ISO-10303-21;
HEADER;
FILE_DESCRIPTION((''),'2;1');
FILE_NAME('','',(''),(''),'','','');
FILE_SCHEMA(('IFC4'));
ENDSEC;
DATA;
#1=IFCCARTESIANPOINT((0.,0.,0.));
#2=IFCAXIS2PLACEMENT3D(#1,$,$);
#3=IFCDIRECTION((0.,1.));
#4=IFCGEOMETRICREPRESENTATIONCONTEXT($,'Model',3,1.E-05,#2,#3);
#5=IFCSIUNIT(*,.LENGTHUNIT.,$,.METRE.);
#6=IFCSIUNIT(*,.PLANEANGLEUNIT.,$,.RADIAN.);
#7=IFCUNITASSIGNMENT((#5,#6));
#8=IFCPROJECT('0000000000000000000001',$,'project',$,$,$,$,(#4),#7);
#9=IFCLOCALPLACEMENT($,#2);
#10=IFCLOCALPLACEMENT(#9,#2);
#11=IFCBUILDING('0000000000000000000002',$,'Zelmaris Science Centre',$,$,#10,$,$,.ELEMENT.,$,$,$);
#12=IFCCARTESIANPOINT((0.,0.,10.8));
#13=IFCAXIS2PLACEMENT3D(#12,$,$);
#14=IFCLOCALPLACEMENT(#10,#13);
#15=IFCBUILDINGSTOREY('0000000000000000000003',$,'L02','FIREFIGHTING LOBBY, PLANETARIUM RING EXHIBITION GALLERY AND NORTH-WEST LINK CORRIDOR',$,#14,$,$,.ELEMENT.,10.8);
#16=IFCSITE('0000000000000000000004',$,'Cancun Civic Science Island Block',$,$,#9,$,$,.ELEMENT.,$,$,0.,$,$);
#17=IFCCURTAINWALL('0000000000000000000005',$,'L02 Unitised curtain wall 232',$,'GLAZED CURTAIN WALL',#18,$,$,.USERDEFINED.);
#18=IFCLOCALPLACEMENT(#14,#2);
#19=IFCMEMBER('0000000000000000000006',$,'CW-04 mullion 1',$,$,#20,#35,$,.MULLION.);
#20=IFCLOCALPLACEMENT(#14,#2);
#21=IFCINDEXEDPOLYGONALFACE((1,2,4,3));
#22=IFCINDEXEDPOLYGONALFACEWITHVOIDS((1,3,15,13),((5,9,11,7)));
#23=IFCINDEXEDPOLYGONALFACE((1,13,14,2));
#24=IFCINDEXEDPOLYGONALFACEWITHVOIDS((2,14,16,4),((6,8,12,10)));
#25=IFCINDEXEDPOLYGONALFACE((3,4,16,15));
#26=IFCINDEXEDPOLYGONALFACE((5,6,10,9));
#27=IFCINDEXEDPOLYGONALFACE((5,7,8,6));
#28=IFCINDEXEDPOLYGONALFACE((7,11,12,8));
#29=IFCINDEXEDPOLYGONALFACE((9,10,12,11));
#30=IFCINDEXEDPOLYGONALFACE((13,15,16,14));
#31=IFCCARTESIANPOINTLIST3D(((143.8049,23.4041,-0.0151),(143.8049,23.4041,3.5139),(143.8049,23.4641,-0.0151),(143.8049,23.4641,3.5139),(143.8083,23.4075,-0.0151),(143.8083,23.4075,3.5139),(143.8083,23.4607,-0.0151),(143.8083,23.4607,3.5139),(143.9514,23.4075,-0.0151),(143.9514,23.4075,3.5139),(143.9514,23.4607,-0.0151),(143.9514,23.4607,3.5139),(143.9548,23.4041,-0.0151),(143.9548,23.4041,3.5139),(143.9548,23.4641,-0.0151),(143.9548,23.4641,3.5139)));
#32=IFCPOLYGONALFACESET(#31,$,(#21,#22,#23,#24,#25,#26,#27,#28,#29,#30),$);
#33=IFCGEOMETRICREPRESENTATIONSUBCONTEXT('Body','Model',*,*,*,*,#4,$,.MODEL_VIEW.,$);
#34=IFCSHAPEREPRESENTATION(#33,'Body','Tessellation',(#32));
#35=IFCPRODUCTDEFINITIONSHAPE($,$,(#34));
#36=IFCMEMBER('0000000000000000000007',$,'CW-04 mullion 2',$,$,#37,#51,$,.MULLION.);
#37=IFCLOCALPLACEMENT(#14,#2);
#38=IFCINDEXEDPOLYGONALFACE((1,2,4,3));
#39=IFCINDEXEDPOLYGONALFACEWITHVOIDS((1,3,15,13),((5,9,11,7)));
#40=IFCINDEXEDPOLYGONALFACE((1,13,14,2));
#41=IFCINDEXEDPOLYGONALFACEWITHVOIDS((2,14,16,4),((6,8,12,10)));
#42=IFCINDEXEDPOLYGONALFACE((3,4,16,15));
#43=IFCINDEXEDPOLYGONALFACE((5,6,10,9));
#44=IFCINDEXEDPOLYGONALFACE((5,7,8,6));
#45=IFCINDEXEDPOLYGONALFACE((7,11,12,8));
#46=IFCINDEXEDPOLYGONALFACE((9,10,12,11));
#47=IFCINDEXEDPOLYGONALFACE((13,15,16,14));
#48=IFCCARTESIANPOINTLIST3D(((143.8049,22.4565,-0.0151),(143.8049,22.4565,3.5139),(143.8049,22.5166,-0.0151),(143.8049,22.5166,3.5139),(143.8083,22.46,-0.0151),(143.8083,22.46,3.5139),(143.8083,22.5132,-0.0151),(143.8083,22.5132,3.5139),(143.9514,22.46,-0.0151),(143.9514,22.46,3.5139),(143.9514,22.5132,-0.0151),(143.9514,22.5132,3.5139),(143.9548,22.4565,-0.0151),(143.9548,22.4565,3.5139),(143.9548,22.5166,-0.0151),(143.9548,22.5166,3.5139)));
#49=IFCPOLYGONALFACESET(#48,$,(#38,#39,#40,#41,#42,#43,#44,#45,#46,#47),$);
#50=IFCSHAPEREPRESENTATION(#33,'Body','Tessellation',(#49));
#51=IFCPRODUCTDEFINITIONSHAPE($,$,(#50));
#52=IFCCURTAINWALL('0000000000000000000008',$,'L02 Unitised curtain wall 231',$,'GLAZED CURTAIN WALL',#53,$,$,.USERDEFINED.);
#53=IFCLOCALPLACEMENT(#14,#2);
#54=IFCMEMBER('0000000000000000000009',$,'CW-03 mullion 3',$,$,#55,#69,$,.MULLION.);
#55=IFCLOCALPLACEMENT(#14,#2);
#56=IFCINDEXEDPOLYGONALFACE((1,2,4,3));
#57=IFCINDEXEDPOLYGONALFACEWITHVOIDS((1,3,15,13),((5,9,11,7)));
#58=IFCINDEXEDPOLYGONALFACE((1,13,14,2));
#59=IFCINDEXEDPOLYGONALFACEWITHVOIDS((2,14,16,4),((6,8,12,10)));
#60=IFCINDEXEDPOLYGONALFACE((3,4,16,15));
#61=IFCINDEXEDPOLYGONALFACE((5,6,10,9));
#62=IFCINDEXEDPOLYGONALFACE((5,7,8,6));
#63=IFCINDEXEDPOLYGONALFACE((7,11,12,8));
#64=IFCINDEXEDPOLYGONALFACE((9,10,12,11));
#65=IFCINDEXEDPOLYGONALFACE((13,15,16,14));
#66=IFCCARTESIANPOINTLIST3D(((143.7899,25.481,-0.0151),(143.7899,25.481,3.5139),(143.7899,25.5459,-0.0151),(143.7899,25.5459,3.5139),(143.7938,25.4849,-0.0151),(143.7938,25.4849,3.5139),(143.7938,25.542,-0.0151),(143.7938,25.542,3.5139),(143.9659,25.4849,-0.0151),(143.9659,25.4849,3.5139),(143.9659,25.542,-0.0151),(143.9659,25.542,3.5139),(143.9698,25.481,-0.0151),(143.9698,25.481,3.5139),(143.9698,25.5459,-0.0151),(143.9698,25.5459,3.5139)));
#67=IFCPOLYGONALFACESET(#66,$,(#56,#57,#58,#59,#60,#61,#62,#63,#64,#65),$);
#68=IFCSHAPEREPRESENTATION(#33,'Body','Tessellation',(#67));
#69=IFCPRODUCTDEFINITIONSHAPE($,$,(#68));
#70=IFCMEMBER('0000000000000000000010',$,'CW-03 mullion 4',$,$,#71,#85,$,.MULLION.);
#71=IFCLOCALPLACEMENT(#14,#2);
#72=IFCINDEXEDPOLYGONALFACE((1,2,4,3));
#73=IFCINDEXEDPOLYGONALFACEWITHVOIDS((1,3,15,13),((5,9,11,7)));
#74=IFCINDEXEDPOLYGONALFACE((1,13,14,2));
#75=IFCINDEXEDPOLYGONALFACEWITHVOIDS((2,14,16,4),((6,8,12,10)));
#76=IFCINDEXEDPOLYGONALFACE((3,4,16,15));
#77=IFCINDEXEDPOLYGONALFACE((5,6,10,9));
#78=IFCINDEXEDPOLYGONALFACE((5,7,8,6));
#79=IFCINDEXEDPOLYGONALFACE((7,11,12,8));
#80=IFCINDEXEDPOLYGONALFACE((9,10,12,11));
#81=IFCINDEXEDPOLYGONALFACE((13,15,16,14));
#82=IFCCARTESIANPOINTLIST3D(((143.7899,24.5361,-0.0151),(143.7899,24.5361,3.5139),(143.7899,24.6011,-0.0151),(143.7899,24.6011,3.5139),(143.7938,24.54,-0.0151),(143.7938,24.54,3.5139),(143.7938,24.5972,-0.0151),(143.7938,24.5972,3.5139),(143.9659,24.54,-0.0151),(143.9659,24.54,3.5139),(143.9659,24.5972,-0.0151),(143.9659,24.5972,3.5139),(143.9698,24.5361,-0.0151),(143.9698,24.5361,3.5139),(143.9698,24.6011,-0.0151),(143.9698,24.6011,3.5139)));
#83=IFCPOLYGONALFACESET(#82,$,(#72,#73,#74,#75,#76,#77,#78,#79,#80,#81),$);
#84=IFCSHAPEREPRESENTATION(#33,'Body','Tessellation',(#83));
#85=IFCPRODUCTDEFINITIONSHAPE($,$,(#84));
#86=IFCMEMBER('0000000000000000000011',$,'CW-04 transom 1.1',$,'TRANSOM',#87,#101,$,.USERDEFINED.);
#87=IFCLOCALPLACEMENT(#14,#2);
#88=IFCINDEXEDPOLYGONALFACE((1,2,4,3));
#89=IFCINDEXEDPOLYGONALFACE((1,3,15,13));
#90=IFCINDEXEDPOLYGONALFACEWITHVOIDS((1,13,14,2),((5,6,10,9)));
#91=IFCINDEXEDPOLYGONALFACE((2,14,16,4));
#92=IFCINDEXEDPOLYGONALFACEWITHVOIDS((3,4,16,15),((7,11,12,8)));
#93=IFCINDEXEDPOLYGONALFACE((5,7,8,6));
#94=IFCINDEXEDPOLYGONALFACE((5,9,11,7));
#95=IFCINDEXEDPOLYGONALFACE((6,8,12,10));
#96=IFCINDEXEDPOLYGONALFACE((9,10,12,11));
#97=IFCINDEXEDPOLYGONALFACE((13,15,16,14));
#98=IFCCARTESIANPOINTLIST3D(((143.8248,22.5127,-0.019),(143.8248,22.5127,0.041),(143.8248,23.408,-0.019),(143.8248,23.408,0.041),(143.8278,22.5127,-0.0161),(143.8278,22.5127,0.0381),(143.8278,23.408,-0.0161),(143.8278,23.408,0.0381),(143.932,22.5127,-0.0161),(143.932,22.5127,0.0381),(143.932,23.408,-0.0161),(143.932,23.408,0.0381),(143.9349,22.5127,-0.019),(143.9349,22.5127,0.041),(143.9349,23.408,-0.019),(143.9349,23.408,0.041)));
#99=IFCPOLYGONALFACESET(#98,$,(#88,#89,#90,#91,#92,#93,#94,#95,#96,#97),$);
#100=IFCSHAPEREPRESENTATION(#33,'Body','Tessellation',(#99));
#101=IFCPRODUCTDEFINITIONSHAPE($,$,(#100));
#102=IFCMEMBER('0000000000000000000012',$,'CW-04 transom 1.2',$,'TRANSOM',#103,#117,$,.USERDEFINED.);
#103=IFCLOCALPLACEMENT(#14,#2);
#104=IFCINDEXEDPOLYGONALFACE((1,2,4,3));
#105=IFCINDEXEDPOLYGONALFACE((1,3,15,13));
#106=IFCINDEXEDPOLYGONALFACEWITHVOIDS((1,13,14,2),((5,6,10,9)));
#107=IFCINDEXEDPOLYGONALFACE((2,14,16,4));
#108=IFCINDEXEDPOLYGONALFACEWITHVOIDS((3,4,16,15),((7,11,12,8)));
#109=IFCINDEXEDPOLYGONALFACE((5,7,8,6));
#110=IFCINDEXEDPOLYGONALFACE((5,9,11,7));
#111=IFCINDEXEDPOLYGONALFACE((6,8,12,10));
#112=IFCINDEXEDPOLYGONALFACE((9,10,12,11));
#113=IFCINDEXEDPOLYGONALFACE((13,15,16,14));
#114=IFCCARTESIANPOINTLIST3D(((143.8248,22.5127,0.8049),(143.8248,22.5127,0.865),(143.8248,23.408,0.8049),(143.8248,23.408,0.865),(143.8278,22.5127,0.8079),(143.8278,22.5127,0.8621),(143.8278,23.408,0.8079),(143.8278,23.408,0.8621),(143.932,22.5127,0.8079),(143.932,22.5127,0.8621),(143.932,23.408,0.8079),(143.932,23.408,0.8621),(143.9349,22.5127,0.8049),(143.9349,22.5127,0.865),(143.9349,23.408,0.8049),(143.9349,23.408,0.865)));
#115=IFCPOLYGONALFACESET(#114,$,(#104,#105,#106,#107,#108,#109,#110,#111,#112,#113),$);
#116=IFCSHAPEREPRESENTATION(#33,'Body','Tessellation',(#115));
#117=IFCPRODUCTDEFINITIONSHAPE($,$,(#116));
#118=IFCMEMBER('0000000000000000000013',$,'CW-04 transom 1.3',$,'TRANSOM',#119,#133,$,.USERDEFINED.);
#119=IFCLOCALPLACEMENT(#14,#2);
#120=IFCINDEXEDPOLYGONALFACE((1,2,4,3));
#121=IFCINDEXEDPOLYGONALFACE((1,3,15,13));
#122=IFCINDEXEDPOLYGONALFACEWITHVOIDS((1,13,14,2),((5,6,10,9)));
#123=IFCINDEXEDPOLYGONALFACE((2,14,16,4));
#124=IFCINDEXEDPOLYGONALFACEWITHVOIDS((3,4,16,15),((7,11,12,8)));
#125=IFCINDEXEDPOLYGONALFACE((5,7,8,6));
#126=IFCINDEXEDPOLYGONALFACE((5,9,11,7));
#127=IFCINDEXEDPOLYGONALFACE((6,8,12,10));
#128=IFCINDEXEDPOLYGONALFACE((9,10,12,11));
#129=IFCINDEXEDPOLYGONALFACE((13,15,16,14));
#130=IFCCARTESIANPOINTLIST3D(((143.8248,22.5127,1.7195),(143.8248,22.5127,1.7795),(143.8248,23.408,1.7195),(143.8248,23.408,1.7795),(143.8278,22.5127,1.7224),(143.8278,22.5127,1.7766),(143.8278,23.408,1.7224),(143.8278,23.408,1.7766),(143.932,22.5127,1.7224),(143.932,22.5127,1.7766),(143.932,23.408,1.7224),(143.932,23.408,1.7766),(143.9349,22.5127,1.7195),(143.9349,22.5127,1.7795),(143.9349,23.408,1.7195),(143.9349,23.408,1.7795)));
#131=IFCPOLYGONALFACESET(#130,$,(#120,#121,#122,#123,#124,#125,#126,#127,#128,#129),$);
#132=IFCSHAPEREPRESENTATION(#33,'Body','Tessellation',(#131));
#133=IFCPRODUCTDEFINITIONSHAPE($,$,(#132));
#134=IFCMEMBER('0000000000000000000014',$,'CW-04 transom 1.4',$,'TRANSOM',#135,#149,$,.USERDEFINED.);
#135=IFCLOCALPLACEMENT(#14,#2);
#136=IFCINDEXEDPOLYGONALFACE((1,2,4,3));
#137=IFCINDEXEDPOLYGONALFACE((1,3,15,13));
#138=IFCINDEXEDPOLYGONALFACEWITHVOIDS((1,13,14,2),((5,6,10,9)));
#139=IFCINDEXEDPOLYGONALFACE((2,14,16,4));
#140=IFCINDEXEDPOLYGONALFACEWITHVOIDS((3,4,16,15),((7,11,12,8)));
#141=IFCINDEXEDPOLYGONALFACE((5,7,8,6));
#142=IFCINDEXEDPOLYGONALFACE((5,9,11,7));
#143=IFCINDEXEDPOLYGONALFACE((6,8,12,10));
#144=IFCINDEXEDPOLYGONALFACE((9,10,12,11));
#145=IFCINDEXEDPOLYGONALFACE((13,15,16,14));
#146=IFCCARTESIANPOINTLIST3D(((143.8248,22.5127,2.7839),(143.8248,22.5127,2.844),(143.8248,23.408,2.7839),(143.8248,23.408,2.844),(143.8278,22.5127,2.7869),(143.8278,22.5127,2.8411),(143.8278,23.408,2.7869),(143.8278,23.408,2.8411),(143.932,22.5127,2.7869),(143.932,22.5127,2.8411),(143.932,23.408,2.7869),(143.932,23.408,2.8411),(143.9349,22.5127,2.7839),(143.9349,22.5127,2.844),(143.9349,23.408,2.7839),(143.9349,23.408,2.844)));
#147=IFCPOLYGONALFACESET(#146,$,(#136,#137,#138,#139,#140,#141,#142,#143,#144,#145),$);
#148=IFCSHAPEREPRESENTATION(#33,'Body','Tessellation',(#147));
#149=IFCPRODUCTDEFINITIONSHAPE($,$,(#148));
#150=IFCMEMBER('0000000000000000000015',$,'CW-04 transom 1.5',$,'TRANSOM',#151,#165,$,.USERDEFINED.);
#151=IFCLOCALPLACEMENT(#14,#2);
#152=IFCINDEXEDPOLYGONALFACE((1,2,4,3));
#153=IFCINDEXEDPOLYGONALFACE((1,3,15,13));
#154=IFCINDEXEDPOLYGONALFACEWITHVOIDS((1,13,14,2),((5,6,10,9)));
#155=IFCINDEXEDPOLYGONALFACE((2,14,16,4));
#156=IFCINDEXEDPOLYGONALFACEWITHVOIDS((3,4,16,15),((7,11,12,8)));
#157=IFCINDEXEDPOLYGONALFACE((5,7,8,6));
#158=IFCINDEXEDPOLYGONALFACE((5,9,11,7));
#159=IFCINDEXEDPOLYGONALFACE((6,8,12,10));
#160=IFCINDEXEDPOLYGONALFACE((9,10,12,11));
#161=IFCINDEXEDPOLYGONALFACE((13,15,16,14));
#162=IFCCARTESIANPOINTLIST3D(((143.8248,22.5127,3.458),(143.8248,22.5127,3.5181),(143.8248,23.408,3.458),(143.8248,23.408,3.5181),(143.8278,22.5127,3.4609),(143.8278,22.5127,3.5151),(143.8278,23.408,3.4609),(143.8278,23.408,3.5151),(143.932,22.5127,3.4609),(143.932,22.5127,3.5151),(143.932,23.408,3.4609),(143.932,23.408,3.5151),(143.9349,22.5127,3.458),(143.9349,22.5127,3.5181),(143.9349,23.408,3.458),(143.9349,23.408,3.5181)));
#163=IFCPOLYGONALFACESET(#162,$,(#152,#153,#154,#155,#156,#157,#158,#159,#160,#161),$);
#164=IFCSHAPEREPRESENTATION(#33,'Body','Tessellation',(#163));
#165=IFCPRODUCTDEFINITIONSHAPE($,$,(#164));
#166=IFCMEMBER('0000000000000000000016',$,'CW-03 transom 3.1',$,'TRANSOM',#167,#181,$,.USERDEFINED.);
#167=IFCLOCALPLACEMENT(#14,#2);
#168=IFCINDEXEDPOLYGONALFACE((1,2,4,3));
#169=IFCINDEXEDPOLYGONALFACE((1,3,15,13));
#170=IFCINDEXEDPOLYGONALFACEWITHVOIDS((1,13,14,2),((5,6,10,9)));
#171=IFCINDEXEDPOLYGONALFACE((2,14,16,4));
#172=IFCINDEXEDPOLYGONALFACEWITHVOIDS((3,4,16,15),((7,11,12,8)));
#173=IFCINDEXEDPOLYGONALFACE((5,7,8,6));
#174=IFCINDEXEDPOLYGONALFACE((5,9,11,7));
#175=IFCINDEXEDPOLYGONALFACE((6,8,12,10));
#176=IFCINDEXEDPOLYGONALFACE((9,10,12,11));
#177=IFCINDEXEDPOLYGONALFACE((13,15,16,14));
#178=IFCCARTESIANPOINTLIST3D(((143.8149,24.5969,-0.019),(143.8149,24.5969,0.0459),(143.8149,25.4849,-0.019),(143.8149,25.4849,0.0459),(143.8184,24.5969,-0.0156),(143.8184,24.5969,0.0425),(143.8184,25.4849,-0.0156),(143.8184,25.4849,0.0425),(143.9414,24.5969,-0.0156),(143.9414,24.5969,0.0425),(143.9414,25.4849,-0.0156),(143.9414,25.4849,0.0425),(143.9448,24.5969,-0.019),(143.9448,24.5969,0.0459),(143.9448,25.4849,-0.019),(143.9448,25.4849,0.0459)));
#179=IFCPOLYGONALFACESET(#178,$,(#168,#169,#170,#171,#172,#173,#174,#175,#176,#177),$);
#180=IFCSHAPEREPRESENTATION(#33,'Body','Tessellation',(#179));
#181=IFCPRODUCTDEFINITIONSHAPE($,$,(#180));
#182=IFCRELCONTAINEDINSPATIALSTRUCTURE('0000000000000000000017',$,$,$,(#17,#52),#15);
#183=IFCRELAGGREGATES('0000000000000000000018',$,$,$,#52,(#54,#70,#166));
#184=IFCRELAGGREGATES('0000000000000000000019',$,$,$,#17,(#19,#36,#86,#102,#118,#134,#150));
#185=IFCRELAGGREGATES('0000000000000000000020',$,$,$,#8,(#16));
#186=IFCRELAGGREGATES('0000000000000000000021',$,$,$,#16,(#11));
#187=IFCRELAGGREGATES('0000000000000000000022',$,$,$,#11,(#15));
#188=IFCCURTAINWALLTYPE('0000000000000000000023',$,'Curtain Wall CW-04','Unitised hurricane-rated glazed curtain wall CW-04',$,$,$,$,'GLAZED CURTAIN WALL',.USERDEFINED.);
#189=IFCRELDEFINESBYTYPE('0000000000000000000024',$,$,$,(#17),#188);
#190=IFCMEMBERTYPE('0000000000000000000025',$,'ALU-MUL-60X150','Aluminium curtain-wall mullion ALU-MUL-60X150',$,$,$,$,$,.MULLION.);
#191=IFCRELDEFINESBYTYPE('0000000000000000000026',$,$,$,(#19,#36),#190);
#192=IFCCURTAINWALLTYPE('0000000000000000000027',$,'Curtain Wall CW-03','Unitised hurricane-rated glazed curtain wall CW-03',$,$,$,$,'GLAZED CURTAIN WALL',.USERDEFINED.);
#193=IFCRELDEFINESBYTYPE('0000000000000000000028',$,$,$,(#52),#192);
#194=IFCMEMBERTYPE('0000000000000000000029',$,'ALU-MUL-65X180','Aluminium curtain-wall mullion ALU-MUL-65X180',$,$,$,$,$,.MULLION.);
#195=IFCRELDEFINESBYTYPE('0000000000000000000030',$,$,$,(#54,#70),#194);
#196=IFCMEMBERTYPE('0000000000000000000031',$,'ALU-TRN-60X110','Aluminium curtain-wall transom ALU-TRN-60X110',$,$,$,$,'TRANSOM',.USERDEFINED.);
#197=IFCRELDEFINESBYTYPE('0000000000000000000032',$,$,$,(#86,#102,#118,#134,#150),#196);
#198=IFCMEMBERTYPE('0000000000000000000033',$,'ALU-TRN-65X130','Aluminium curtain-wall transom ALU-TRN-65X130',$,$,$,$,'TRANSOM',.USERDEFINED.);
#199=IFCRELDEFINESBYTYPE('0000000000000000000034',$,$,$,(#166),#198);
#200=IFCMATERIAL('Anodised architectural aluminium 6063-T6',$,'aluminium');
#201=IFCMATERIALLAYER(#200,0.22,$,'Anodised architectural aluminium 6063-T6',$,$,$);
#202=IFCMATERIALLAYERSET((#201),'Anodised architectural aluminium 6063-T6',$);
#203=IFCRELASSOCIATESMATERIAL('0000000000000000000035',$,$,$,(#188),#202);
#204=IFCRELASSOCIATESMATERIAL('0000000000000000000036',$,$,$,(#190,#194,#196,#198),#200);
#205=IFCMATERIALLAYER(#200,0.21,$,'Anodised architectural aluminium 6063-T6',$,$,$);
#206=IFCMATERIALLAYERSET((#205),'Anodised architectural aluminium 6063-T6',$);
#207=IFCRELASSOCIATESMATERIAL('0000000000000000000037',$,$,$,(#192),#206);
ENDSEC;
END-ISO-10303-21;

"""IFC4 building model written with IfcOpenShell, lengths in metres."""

from ifc_helpers import new_model, si_unit, direction, frame, origin, origin_2d, place, context, subcontext, project, spatial, hollow_rectangle, extrude, material, layer, layer_set, material_profile, profile_set, type_object, element, aggregate, save


model = new_model("IFC4")

# Units and contexts
model_context = context("Model", 3, precision=1e-05, world=origin(), true_north=direction((0.0, 1.0)))
body_context = subcontext(model_context, "Body", "Model", "MODEL_VIEW")
ifc_project = project(units=[si_unit("LENGTHUNIT", "METRE"), si_unit("PLANEANGLEUNIT", "RADIAN")], contexts=[model_context])

# Site, building, storey
site_placement = place(None, origin())
site = spatial("IfcSite", under=ifc_project, at=site_placement, Name="Cancun Civic Science Island Block", CompositionType="ELEMENT", RefElevation=0.0)
building_placement = place(site_placement, origin())
building = spatial("IfcBuilding", under=site, at=building_placement, Name="Zelmaris Science Centre", CompositionType="ELEMENT")
storey_placement = place(building_placement, frame((0.0, 0.0, 10.8)))
storey = spatial("IfcBuildingStorey", under=building, at=storey_placement, Name="L02", Description="FIREFIGHTING LOBBY, PLANETARIUM RING EXHIBITION GALLERY AND NORTH-WEST LINK CORRIDOR", CompositionType="ELEMENT", Elevation=10.8)

# Curtain walls, members
ifc_material_1 = material(Name="Anodised architectural aluminium 6063-T6", Category="aluminium")
ifc_layer_1 = layer(ifc_material_1, 0.22, Name="Anodised architectural aluminium 6063-T6")
ifc_layer_set_1 = layer_set([ifc_layer_1], Name="Anodised architectural aluminium 6063-T6")
curtain_wall_type_1 = type_object("IfcCurtainWallType", Name="Curtain Wall CW-04", Description="Unitised hurricane-rated glazed curtain wall CW-04", ElementType="GLAZED CURTAIN WALL", PredefinedType="USERDEFINED", material=ifc_layer_set_1)
curtain_wall_1_placement = place(storey_placement, origin())
curtain_wall_1 = element("IfcCurtainWall", 1, at=curtain_wall_1_placement, inside=storey, type_object=curtain_wall_type_1, Name="L02 Unitised curtain wall 232", ObjectType="GLAZED CURTAIN WALL", PredefinedType="USERDEFINED")
ifc_material_profile_1 = material_profile(ifc_material_1, hollow_rectangle(XDim=0.0601, YDim=0.1499, WallThickness=0.0034, at=origin_2d()), Name="ALU-MUL-60X150")
ifc_profile_set_1 = profile_set([ifc_material_profile_1], Name="Anodised architectural aluminium 6063-T6")
member_type_1 = type_object("IfcMemberType", Name="ALU-MUL-60X150", Description="Aluminium curtain-wall mullion ALU-MUL-60X150", PredefinedType="MULLION", material=ifc_profile_set_1)
member_1_placement = place(storey_placement, frame((143.8799, 23.4341, -0.0151), z_axis=(0.0, 0.0, 1.0), x_axis=(0.0, -1.0, 0.0)))
member_1 = element("IfcMember", 2, at=member_1_placement, type_object=member_type_1, Name="CW-04 mullion 1", PredefinedType="MULLION", context=body_context, shape_type="SweptSolid", body=[
    extrude(hollow_rectangle(XDim=0.0601, YDim=0.1499, WallThickness=0.0034, at=origin_2d()), origin(), (0.0, 0.0, 1.0), 3.5291),
])
member_2_placement = place(storey_placement, frame((143.8799, 22.4866, -0.0151), z_axis=(0.0, 0.0, 1.0), x_axis=(0.0, -1.0, 0.0)))
member_2 = element("IfcMember", 3, at=member_2_placement, type_object=member_type_1, Name="CW-04 mullion 2", PredefinedType="MULLION", context=body_context, shape_type="SweptSolid", body=[
    extrude(hollow_rectangle(XDim=0.0601, YDim=0.1499, WallThickness=0.0034, at=origin_2d()), origin(), (0.0, 0.0, 1.0), 3.5291),
])
ifc_layer_2 = layer(ifc_material_1, 0.21, Name="Anodised architectural aluminium 6063-T6")
ifc_layer_set_2 = layer_set([ifc_layer_2], Name="Anodised architectural aluminium 6063-T6")
curtain_wall_type_2 = type_object("IfcCurtainWallType", Name="Curtain Wall CW-03", Description="Unitised hurricane-rated glazed curtain wall CW-03", ElementType="GLAZED CURTAIN WALL", PredefinedType="USERDEFINED", material=ifc_layer_set_2)
curtain_wall_2_placement = place(storey_placement, origin())
curtain_wall_2 = element("IfcCurtainWall", 4, at=curtain_wall_2_placement, inside=storey, type_object=curtain_wall_type_2, Name="L02 Unitised curtain wall 231", ObjectType="GLAZED CURTAIN WALL", PredefinedType="USERDEFINED")
ifc_material_profile_2 = material_profile(ifc_material_1, hollow_rectangle(XDim=0.0649, YDim=0.1799, WallThickness=0.0039, at=origin_2d()), Name="ALU-MUL-65X180")
ifc_profile_set_2 = profile_set([ifc_material_profile_2], Name="Anodised architectural aluminium 6063-T6")
member_type_2 = type_object("IfcMemberType", Name="ALU-MUL-65X180", Description="Aluminium curtain-wall mullion ALU-MUL-65X180", PredefinedType="MULLION", material=ifc_profile_set_2)
member_3_placement = place(storey_placement, frame((143.8799, 25.5134, -0.0151), z_axis=(0.0, 0.0, 1.0), x_axis=(0.0, -1.0, 0.0)))
member_3 = element("IfcMember", 5, at=member_3_placement, type_object=member_type_2, Name="CW-03 mullion 3", PredefinedType="MULLION", context=body_context, shape_type="SweptSolid", body=[
    extrude(hollow_rectangle(XDim=0.0649, YDim=0.1799, WallThickness=0.0039, at=origin_2d()), origin(), (0.0, 0.0, 1.0), 3.5291),
])
member_4_placement = place(storey_placement, frame((143.8799, 24.5686, -0.0151), z_axis=(0.0, 0.0, 1.0), x_axis=(0.0, -1.0, 0.0)))
member_4 = element("IfcMember", 6, at=member_4_placement, type_object=member_type_2, Name="CW-03 mullion 4", PredefinedType="MULLION", context=body_context, shape_type="SweptSolid", body=[
    extrude(hollow_rectangle(XDim=0.0649, YDim=0.1799, WallThickness=0.0039, at=origin_2d()), origin(), (0.0, 0.0, 1.0), 3.5291),
])

# Members
ifc_material_profile_3 = material_profile(ifc_material_1, hollow_rectangle(XDim=0.0601, YDim=0.1101, WallThickness=0.0029, at=origin_2d()), Name="ALU-TRN-60X110")
ifc_profile_set_3 = profile_set([ifc_material_profile_3], Name="Anodised architectural aluminium 6063-T6")
member_type_3 = type_object("IfcMemberType", Name="ALU-TRN-60X110", Description="Aluminium curtain-wall transom ALU-TRN-60X110", ElementType="TRANSOM", PredefinedType="USERDEFINED", material=ifc_profile_set_3)
member_5_placement = place(storey_placement, frame((143.8799, 23.408, 0.011), z_axis=(0.0, -1.0, 0.0), x_axis=(0.0, 0.0, 1.0)))
member_5 = element("IfcMember", 7, at=member_5_placement, type_object=member_type_3, Name="CW-04 transom 1.1", ObjectType="TRANSOM", PredefinedType="USERDEFINED", context=body_context, shape_type="SweptSolid", body=[
    extrude(hollow_rectangle(XDim=0.0601, YDim=0.1101, WallThickness=0.0029, at=origin_2d()), origin(), (0.0, 0.0, 1.0), 0.8953),
])
member_6_placement = place(storey_placement, frame((143.8799, 23.408, 0.835), z_axis=(0.0, -1.0, 0.0), x_axis=(0.0, 0.0, 1.0)))
member_6 = element("IfcMember", 8, at=member_6_placement, type_object=member_type_3, Name="CW-04 transom 1.2", ObjectType="TRANSOM", PredefinedType="USERDEFINED", context=body_context, shape_type="SweptSolid", body=[
    extrude(hollow_rectangle(XDim=0.0601, YDim=0.1101, WallThickness=0.0029, at=origin_2d()), origin(), (0.0, 0.0, 1.0), 0.8953),
])
member_7_placement = place(storey_placement, frame((143.8799, 23.408, 1.7495), z_axis=(0.0, -1.0, 0.0), x_axis=(0.0, 0.0, 1.0)))
member_7 = element("IfcMember", 9, at=member_7_placement, type_object=member_type_3, Name="CW-04 transom 1.3", ObjectType="TRANSOM", PredefinedType="USERDEFINED", context=body_context, shape_type="SweptSolid", body=[
    extrude(hollow_rectangle(XDim=0.0601, YDim=0.1101, WallThickness=0.0029, at=origin_2d()), origin(), (0.0, 0.0, 1.0), 0.8953),
])
member_8_placement = place(storey_placement, frame((143.8799, 23.408, 2.814), z_axis=(0.0, -1.0, 0.0), x_axis=(0.0, 0.0, 1.0)))
member_8 = element("IfcMember", 10, at=member_8_placement, type_object=member_type_3, Name="CW-04 transom 1.4", ObjectType="TRANSOM", PredefinedType="USERDEFINED", context=body_context, shape_type="SweptSolid", body=[
    extrude(hollow_rectangle(XDim=0.0601, YDim=0.1101, WallThickness=0.0029, at=origin_2d()), origin(), (0.0, 0.0, 1.0), 0.8953),
])
member_9_placement = place(storey_placement, frame((143.8799, 23.408, 3.488), z_axis=(0.0, -1.0, 0.0), x_axis=(0.0, 0.0, 1.0)))
member_9 = element("IfcMember", 11, at=member_9_placement, type_object=member_type_3, Name="CW-04 transom 1.5", ObjectType="TRANSOM", PredefinedType="USERDEFINED", context=body_context, shape_type="SweptSolid", body=[
    extrude(hollow_rectangle(XDim=0.0601, YDim=0.1101, WallThickness=0.0029, at=origin_2d()), origin(), (0.0, 0.0, 1.0), 0.8953),
])
ifc_material_profile_4 = material_profile(ifc_material_1, hollow_rectangle(XDim=0.0649, YDim=0.1299, WallThickness=0.0034, at=origin_2d()), Name="ALU-TRN-65X130")
ifc_profile_set_4 = profile_set([ifc_material_profile_4], Name="Anodised architectural aluminium 6063-T6")
member_type_4 = type_object("IfcMemberType", Name="ALU-TRN-65X130", Description="Aluminium curtain-wall transom ALU-TRN-65X130", ElementType="TRANSOM", PredefinedType="USERDEFINED", material=ifc_profile_set_4)
member_10_placement = place(storey_placement, frame((143.8799, 25.4849, 0.0134), z_axis=(0.0, -1.0, 0.0), x_axis=(0.0, 0.0, 1.0)))
member_10 = element("IfcMember", 12, at=member_10_placement, type_object=member_type_4, Name="CW-03 transom 3.1", ObjectType="TRANSOM", PredefinedType="USERDEFINED", context=body_context, shape_type="SweptSolid", body=[
    extrude(hollow_rectangle(XDim=0.0649, YDim=0.1299, WallThickness=0.0034, at=origin_2d()), origin(), (0.0, 0.0, 1.0), 0.8879),
])

aggregate(curtain_wall_2, [member_3, member_4, member_10])
aggregate(curtain_wall_1, [member_1, member_2, member_5, member_6, member_7, member_8, member_9])

save(model, "model.ifc")
